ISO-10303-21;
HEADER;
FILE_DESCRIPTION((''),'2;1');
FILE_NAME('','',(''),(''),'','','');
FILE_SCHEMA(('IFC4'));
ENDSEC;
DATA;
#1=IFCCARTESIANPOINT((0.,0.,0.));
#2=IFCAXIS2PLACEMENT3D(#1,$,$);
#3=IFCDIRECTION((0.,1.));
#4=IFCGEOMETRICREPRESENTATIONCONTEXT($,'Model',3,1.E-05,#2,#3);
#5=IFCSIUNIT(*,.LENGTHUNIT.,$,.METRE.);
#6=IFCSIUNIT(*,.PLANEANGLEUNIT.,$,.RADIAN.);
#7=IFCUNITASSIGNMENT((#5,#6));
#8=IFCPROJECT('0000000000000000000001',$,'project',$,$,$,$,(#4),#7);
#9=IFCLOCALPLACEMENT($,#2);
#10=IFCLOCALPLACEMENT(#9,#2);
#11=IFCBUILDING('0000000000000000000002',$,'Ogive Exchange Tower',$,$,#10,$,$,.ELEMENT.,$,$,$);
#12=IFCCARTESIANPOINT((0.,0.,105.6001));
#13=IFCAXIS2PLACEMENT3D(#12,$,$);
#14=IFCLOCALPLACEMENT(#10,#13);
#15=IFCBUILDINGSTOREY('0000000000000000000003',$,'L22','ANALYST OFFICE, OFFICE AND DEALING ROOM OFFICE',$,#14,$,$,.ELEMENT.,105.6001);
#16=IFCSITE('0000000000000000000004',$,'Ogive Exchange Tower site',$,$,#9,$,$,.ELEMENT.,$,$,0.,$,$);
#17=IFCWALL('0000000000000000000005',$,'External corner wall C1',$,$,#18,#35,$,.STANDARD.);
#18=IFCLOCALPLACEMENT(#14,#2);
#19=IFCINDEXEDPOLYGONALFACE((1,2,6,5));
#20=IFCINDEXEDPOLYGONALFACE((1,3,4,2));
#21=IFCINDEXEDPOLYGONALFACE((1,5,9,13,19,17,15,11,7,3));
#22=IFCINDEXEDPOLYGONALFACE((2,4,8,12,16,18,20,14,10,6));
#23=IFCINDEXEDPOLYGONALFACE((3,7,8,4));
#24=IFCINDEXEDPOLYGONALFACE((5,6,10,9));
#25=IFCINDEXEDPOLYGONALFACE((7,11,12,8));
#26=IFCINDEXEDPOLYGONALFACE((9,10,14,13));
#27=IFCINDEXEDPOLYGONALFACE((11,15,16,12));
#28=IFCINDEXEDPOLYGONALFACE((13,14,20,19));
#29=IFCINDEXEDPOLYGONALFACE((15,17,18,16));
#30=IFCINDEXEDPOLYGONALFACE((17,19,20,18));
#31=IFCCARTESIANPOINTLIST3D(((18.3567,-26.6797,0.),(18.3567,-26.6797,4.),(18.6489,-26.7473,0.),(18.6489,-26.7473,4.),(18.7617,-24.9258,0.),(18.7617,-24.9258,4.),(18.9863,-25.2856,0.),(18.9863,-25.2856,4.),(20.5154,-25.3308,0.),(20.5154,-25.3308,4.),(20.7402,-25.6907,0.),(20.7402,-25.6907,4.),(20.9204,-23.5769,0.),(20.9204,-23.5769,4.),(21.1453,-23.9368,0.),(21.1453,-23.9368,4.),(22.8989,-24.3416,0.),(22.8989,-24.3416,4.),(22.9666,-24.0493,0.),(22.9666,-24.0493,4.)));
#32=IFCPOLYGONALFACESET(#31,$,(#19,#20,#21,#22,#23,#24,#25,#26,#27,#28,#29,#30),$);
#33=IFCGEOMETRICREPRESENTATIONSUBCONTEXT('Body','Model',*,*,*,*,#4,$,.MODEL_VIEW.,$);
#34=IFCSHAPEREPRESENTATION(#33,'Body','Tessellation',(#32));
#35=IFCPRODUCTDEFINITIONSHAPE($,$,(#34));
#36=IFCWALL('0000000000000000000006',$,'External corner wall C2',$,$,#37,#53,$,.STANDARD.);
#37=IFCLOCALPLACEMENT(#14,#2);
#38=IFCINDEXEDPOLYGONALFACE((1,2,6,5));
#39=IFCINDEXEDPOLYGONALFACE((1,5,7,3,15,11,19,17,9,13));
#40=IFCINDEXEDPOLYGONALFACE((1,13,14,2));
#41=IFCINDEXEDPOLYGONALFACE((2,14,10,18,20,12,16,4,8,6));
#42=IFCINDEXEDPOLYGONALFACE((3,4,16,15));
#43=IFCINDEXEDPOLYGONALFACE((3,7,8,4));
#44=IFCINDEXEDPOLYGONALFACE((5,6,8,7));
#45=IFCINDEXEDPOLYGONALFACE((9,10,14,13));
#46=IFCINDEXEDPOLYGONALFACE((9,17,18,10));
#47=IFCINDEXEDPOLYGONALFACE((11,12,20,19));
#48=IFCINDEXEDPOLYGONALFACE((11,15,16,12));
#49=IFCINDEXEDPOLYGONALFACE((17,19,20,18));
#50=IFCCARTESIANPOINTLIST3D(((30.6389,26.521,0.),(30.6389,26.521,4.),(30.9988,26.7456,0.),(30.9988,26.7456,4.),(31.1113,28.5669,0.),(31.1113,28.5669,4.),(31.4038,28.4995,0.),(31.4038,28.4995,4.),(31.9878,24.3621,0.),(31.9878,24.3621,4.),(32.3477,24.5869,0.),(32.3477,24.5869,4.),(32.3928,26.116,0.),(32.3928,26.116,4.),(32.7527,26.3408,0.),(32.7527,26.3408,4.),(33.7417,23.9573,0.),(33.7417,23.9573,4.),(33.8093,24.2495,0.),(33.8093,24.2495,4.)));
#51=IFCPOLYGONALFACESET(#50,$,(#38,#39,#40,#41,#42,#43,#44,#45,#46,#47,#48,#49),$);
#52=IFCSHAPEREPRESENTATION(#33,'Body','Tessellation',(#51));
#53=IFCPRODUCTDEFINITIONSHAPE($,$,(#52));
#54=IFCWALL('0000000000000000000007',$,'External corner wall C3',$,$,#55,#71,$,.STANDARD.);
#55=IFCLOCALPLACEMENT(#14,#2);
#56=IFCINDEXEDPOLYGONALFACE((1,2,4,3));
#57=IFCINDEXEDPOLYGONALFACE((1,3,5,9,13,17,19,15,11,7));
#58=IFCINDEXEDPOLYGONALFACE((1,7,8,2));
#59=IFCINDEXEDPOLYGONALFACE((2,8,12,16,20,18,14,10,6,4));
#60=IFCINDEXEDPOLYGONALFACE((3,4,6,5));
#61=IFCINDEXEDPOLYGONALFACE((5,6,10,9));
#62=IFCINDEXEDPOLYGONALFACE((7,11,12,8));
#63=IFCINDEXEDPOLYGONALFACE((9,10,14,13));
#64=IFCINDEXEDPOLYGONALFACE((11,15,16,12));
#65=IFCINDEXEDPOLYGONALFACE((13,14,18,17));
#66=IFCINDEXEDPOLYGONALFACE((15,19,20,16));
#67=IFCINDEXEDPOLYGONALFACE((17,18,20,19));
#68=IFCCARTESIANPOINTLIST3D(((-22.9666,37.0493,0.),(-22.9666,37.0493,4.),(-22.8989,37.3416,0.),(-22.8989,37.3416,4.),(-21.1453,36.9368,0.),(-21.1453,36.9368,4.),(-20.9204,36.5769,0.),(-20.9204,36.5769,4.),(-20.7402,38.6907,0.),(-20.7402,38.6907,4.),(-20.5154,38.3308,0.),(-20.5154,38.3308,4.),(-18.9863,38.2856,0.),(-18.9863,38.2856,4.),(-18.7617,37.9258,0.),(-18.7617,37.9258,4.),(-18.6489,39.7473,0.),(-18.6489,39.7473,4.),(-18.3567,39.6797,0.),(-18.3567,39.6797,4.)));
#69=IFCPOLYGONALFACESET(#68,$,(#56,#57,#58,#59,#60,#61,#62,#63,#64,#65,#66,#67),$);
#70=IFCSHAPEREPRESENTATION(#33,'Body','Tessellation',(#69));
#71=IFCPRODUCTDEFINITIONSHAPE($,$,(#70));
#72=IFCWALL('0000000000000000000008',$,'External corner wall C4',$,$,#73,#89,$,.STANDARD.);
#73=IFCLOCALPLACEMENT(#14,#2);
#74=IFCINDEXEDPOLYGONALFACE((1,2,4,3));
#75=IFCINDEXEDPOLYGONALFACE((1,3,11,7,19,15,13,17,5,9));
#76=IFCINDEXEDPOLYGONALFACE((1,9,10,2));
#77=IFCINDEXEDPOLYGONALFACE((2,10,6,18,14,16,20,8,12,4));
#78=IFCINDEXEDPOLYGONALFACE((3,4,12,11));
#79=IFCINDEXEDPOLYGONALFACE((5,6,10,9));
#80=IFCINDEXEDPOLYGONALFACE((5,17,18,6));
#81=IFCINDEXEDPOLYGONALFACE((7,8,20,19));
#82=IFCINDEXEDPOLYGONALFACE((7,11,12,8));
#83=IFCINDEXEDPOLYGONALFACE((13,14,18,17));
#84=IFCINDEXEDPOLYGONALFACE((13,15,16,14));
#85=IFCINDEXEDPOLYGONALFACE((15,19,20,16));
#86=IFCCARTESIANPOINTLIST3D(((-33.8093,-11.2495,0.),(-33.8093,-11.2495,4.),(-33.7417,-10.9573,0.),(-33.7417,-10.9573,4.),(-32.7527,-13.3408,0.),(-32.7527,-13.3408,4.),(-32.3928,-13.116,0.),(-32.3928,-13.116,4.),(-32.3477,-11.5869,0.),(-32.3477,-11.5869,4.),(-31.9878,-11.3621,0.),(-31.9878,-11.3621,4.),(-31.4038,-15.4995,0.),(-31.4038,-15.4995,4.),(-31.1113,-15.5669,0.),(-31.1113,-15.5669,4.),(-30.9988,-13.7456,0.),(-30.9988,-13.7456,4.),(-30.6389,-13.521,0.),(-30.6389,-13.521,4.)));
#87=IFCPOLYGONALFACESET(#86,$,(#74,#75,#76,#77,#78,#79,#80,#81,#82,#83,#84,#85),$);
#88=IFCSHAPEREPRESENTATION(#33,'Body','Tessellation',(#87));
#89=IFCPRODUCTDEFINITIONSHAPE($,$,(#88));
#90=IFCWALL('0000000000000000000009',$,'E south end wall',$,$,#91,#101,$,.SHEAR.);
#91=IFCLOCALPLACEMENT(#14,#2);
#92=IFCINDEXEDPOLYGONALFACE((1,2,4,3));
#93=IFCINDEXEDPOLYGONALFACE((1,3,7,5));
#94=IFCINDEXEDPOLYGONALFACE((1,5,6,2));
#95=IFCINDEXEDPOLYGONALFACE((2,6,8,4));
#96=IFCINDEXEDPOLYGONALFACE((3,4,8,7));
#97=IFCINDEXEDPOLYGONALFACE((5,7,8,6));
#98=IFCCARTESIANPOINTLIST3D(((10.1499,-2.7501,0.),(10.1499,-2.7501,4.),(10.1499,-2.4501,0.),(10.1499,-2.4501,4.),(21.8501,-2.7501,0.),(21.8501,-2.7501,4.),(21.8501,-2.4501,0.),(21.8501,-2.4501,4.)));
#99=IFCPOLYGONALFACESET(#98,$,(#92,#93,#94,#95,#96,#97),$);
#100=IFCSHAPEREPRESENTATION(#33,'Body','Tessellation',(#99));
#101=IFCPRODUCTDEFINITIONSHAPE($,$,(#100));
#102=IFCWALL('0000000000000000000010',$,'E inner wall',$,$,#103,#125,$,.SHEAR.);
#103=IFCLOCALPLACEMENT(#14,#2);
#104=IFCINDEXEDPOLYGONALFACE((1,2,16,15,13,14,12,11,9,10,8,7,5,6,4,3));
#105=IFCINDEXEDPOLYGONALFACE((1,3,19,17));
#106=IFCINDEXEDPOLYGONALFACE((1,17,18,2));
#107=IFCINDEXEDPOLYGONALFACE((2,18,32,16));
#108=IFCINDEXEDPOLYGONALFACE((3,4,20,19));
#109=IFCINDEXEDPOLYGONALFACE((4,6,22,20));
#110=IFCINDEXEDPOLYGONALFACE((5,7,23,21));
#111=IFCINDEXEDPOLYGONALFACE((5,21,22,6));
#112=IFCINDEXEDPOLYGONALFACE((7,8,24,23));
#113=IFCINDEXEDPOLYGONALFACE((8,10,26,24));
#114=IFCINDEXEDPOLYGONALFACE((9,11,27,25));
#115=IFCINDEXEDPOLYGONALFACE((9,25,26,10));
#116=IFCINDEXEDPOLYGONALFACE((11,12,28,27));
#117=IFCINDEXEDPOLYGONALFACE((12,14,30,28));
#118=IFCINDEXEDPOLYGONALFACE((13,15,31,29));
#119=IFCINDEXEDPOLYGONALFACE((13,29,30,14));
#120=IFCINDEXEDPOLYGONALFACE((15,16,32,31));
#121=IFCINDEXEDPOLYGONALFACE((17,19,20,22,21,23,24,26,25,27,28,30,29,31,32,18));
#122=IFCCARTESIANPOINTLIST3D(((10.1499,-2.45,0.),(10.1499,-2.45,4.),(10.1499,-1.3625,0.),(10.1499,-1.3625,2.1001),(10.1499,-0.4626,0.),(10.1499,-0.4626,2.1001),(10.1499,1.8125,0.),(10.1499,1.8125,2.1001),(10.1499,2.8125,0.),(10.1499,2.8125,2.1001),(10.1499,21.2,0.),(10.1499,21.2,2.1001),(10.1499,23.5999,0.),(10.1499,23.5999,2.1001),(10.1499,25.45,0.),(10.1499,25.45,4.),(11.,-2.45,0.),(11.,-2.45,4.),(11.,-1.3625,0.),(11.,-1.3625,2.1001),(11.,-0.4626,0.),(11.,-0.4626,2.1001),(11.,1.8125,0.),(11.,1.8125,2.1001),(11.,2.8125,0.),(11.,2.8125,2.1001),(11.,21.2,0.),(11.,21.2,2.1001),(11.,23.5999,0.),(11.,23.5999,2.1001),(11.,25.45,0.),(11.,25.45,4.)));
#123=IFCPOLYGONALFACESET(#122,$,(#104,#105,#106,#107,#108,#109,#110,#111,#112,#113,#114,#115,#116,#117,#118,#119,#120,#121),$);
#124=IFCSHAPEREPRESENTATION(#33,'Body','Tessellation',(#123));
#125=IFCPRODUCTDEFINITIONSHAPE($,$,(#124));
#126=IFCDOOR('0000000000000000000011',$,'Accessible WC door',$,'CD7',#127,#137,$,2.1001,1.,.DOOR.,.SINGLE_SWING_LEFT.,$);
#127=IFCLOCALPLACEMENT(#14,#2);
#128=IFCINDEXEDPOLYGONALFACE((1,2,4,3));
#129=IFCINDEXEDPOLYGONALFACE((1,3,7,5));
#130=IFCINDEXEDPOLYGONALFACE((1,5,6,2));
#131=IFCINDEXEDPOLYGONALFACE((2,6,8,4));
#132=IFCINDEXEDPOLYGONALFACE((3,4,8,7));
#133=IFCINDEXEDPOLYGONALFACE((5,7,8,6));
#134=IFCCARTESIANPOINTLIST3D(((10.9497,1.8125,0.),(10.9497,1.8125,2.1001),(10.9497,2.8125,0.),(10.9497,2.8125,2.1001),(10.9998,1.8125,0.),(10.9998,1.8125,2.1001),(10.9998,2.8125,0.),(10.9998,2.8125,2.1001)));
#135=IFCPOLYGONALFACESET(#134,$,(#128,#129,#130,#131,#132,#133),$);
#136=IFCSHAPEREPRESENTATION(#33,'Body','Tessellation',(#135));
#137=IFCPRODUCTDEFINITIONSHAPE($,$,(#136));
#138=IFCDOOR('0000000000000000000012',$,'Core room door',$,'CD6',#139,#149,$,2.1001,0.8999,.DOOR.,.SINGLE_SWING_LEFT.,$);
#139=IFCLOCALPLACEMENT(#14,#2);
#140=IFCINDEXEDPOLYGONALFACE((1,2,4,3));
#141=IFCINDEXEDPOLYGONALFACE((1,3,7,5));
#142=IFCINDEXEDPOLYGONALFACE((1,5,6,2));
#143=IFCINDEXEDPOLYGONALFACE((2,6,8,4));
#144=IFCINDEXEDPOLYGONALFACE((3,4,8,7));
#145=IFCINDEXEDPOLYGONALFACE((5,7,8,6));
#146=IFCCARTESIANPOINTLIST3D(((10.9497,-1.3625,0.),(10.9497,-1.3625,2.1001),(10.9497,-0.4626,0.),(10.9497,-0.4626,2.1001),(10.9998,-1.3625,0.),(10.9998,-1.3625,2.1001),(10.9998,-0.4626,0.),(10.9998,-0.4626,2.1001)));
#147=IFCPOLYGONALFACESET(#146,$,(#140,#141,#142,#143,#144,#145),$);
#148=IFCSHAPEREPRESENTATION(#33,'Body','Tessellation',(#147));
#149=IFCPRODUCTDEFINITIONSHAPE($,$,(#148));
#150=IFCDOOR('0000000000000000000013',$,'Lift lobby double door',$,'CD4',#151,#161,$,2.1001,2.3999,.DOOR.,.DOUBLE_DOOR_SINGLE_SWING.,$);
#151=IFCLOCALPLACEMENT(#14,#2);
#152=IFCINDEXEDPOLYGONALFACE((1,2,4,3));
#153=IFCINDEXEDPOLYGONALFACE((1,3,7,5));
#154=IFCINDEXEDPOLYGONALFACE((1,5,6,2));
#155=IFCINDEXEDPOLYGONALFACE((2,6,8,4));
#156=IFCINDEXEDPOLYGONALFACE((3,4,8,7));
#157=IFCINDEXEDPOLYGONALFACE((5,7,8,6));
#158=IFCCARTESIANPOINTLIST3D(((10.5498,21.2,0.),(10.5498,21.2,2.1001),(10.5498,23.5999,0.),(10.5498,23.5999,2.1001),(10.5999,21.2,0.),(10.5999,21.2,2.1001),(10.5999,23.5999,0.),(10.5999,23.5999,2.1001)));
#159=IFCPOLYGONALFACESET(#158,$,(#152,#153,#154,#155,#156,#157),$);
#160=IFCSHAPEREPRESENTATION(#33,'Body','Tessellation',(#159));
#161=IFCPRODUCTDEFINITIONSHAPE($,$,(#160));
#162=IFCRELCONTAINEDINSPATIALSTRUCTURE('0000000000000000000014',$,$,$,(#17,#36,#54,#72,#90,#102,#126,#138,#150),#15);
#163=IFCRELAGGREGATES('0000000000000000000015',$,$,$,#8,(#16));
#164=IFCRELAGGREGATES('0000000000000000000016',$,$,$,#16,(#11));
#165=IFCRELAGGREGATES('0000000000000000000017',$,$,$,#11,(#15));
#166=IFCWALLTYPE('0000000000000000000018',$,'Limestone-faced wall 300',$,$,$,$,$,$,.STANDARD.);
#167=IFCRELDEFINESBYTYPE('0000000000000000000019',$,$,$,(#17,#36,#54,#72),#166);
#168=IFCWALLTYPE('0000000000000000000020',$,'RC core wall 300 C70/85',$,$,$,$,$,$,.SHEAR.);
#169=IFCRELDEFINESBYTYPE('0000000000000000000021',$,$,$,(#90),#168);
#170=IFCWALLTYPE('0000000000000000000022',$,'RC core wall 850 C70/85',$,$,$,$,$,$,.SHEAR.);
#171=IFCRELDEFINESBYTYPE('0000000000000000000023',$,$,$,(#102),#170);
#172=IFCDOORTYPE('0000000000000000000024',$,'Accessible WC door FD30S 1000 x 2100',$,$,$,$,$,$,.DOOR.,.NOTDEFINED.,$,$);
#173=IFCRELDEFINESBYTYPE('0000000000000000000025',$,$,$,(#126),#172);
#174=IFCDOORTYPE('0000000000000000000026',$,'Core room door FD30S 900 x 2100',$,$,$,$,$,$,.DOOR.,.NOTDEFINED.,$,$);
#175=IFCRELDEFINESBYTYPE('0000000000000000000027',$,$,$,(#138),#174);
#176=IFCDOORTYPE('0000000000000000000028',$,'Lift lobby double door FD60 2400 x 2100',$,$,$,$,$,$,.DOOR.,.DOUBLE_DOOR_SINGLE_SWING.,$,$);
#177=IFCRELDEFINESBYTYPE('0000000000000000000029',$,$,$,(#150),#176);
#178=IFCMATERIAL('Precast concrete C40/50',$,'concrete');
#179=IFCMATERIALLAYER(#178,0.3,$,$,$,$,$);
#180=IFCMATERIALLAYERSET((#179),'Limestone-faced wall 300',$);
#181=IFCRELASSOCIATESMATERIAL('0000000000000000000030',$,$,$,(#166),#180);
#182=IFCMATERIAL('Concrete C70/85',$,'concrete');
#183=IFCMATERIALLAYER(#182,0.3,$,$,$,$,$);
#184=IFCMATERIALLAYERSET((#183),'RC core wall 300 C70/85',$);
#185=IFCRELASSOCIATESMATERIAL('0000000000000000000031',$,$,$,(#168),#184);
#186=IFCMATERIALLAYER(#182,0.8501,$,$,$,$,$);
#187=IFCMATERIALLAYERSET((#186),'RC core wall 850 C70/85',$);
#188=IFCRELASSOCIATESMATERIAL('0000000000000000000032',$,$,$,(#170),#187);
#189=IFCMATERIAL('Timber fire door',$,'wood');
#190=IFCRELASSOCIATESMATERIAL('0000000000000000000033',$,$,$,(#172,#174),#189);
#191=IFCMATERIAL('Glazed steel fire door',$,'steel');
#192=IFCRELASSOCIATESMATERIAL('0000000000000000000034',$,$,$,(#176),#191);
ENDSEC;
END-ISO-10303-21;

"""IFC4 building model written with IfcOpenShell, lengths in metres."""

from ifc_helpers import new_model, si_unit, direction, frame, frame_2d, origin, place, context, subcontext, project, spatial, polyline, rectangle, outline, extrude, material, layer, layer_set, type_object, element, fill, save


model = new_model("IFC4")

# Units and contexts
model_context = context("Model", 3, precision=1e-05, world=origin(), true_north=direction((0.0, 1.0)))
body_context = subcontext(model_context, "Body", "Model", "MODEL_VIEW")
ifc_project = project(units=[si_unit("LENGTHUNIT", "METRE"), si_unit("PLANEANGLEUNIT", "RADIAN")], contexts=[model_context])

# Site, building, storey
site_placement = place(None, origin())
site = spatial("IfcSite", under=ifc_project, at=site_placement, Name="Ogive Exchange Tower site", CompositionType="ELEMENT", RefElevation=0.0)
building_placement = place(site_placement, origin())
building = spatial("IfcBuilding", under=site, at=building_placement, Name="Ogive Exchange Tower", CompositionType="ELEMENT")
storey_placement = place(building_placement, frame((0.0, 0.0, 105.6001)))
storey = spatial("IfcBuildingStorey", under=building, at=storey_placement, Name="L22", Description="ANALYST OFFICE, OFFICE AND DEALING ROOM OFFICE", CompositionType="ELEMENT", Elevation=105.6001)

# Shared definitions
ifc_material_1 = material(Name="Concrete C70/85", Category="concrete")

# Walls
ifc_material_2 = material(Name="Precast concrete C40/50", Category="concrete")
ifc_layer_1 = layer(ifc_material_2, 0.3)
ifc_layer_set_1 = layer_set([ifc_layer_1], Name="Limestone-faced wall 300")
wall_type_1 = type_object("IfcWallType", Name="Limestone-faced wall 300", PredefinedType="STANDARD", material=ifc_layer_set_1)
wall_1_placement = place(storey_placement, origin())
element("IfcWall", 1, at=wall_1_placement, inside=storey, type_object=wall_type_1, Name="External corner wall C1", PredefinedType="STANDARD", context=body_context, shape_type="SweptSolid", body=[
    extrude(outline(polyline([(20.5154, -25.3308), (20.9204, -23.5769), (22.9666, -24.0493), (22.8989, -24.3416), (21.1453, -23.9368), (20.7402, -25.6907), (18.9863, -25.2856), (18.6489, -26.7473), (18.3567, -26.6797), (18.7617, -24.9258), (20.5154, -25.3308)])), origin(), (0.0, 0.0, 1.0), 4.0),
])
wall_2_placement = place(storey_placement, origin())
element("IfcWall", 2, at=wall_2_placement, inside=storey, type_object=wall_type_1, Name="External corner wall C2", PredefinedType="STANDARD", context=body_context, shape_type="SweptSolid", body=[
    extrude(outline(polyline([(32.3928, 26.116), (30.6389, 26.521), (31.1113, 28.5669), (31.4038, 28.4995), (30.9988, 26.7456), (32.7527, 26.3408), (32.3477, 24.5869), (33.8093, 24.2495), (33.7417, 23.9573), (31.9878, 24.3621), (32.3928, 26.116)])), origin(), (0.0, 0.0, 1.0), 4.0),
])
wall_3_placement = place(storey_placement, origin())
element("IfcWall", 3, at=wall_3_placement, inside=storey, type_object=wall_type_1, Name="External corner wall C3", PredefinedType="STANDARD", context=body_context, shape_type="SweptSolid", body=[
    extrude(outline(polyline([(-22.9666, 37.0493), (-22.8989, 37.3416), (-21.1453, 36.9368), (-20.7402, 38.6907), (-18.9863, 38.2856), (-18.6489, 39.7473), (-18.3567, 39.6797), (-18.7617, 37.9258), (-20.5154, 38.3308), (-20.9204, 36.5769), (-22.9666, 37.0493)])), origin(), (0.0, 0.0, 1.0), 4.0),
])
wall_4_placement = place(storey_placement, origin())
element("IfcWall", 4, at=wall_4_placement, inside=storey, type_object=wall_type_1, Name="External corner wall C4", PredefinedType="STANDARD", context=body_context, shape_type="SweptSolid", body=[
    extrude(outline(polyline([(-32.3928, -13.116), (-30.6389, -13.521), (-31.1113, -15.5669), (-31.4038, -15.4995), (-30.9988, -13.7456), (-32.7527, -13.3408), (-32.3477, -11.5869), (-33.8093, -11.2495), (-33.7417, -10.9573), (-31.9878, -11.3621), (-32.3928, -13.116)])), origin(), (0.0, 0.0, 1.0), 4.0),
])
ifc_layer_2 = layer(ifc_material_1, 0.3)
ifc_layer_set_2 = layer_set([ifc_layer_2], Name="RC core wall 300 C70/85")
wall_type_2 = type_object("IfcWallType", Name="RC core wall 300 C70/85", PredefinedType="SHEAR", material=ifc_layer_set_2)
wall_5_placement = place(storey_placement, frame((10.1499, -2.6001, 0.0), z_axis=(0.0, 0.0, 1.0), x_axis=(1.0, 0.0, 0.0)))
element("IfcWall", 5, at=wall_5_placement, inside=storey, type_object=wall_type_2, Name="E south end wall", PredefinedType="SHEAR", context=body_context, shape_type="SweptSolid", body=[
    extrude(rectangle(XDim=11.7002, YDim=0.3, at=frame_2d((5.8501, 0.0))), origin(), (0.0, 0.0, 1.0), 4.0),
])

# Wall, openings, doors
ifc_layer_3 = layer(ifc_material_1, 0.8501)
ifc_layer_set_3 = layer_set([ifc_layer_3], Name="RC core wall 850 C70/85")
wall_type_3 = type_object("IfcWallType", Name="RC core wall 850 C70/85", PredefinedType="SHEAR", material=ifc_layer_set_3)
wall_6_placement = place(storey_placement, frame((10.575, -2.45, 0.0), z_axis=(0.0, 0.0, 1.0), x_axis=(0.0, 1.0, 0.0)))
wall_6 = element("IfcWall", 6, at=wall_6_placement, inside=storey, type_object=wall_type_3, Name="E inner wall", PredefinedType="SHEAR", context=body_context, shape_type="SweptSolid", body=[
    extrude(rectangle(XDim=27.8999, YDim=0.8501, at=frame_2d((13.95, 0.0))), origin(), (0.0, 0.0, 1.0), 4.0),
])
opening_1_placement = place(wall_6_placement, frame((23.6499, 0.0, 0.0)))
opening_1 = element("IfcOpeningElement", 7, at=opening_1_placement, cuts=wall_6, PredefinedType="OPENING", context=body_context, shape_type="SweptSolid", body=[
    extrude(rectangle(XDim=2.3999, YDim=2.1001, at=frame_2d((1.2, 1.05))), frame((0.0, 0.4351, 0.0), z_axis=(0.0, -1.0, 0.0), x_axis=(1.0, 0.0, 0.0)), (0.0, 0.0, 1.0), 0.8701),
])
opening_2_placement = place(wall_6_placement, frame((1.0874, 0.0, 0.0)))
opening_2 = element("IfcOpeningElement", 8, at=opening_2_placement, cuts=wall_6, PredefinedType="OPENING", context=body_context, shape_type="SweptSolid", body=[
    extrude(rectangle(XDim=0.8999, YDim=2.1001, at=frame_2d((0.45, 1.05))), frame((0.0, 0.4351, 0.0), z_axis=(0.0, -1.0, 0.0), x_axis=(1.0, 0.0, 0.0)), (0.0, 0.0, 1.0), 0.8701),
])
opening_3_placement = place(wall_6_placement, frame((4.2625, 0.0, 0.0)))
opening_3 = element("IfcOpeningElement", 9, at=opening_3_placement, cuts=wall_6, PredefinedType="OPENING", context=body_context, shape_type="SweptSolid", body=[
    extrude(rectangle(XDim=1.0, YDim=2.1001, at=frame_2d((0.5, 1.05))), frame((0.0, 0.4351, 0.0), z_axis=(0.0, -1.0, 0.0), x_axis=(1.0, 0.0, 0.0)), (0.0, 0.0, 1.0), 0.8701),
])
ifc_material_3 = material(Name="Timber fire door", Category="wood")
door_type_1 = type_object("IfcDoorType", Name="Accessible WC door FD30S 1000 x 2100", OperationType="NOTDEFINED", PredefinedType="DOOR", material=ifc_material_3)
door_1_placement = place(opening_3_placement, frame((1.0, -0.7998, 0.0), z_axis=(0.0, 0.0, 1.0), x_axis=(-1.0, 0.0, 0.0)))
door_1 = element("IfcDoor", 10, at=door_1_placement, inside=storey, type_object=door_type_1, Name="Accessible WC door", ObjectType="CD7", OperationType="SINGLE_SWING_LEFT", OverallHeight=2.1001, OverallWidth=1.0, PredefinedType="DOOR", context=body_context, shape_type="SweptSolid", body=[
    extrude(rectangle(XDim=1.0, YDim=2.1001, at=frame_2d((0.5, 1.05))), frame((0.0, -0.375, 0.0), z_axis=(0.0, -1.0, 0.0), x_axis=(1.0, 0.0, 0.0)), (0.0, 0.0, 1.0), 0.05),
])
fill(opening_3, door_1)
door_type_2 = type_object("IfcDoorType", Name="Core room door FD30S 900 x 2100", OperationType="NOTDEFINED", PredefinedType="DOOR", material=ifc_material_3)
door_2_placement = place(opening_2_placement, frame((0.8999, -0.7998, 0.0), z_axis=(0.0, 0.0, 1.0), x_axis=(-1.0, 0.0, 0.0)))
door_2 = element("IfcDoor", 11, at=door_2_placement, inside=storey, type_object=door_type_2, Name="Core room door", ObjectType="CD6", OperationType="SINGLE_SWING_LEFT", OverallHeight=2.1001, OverallWidth=0.8999, PredefinedType="DOOR", context=body_context, shape_type="SweptSolid", body=[
    extrude(rectangle(XDim=0.8999, YDim=2.1001, at=frame_2d((0.45, 1.05))), frame((0.0, -0.375, 0.0), z_axis=(0.0, -1.0, 0.0), x_axis=(1.0, 0.0, 0.0)), (0.0, 0.0, 1.0), 0.05),
])
fill(opening_2, door_2)
ifc_material_4 = material(Name="Glazed steel fire door", Category="steel")
door_type_3 = type_object("IfcDoorType", Name="Lift lobby double door FD60 2400 x 2100", OperationType="DOUBLE_DOOR_SINGLE_SWING", PredefinedType="DOOR", material=ifc_material_4)
door_3_placement = place(opening_1_placement, frame((2.3999, 0.0, 0.0), z_axis=(0.0, 0.0, 1.0), x_axis=(-1.0, 0.0, 0.0)))
door_3 = element("IfcDoor", 12, at=door_3_placement, inside=storey, type_object=door_type_3, Name="Lift lobby double door", ObjectType="CD4", OperationType="DOUBLE_DOOR_SINGLE_SWING", OverallHeight=2.1001, OverallWidth=2.3999, PredefinedType="DOOR", context=body_context, shape_type="SweptSolid", body=[
    extrude(rectangle(XDim=2.3999, YDim=2.1001, at=frame_2d((1.2, 1.05))), frame((0.0, 0.0249, 0.0), z_axis=(0.0, -1.0, 0.0), x_axis=(1.0, 0.0, 0.0)), (0.0, 0.0, 1.0), 0.05),
])
fill(opening_1, door_3)

save(model, "model.ifc")
